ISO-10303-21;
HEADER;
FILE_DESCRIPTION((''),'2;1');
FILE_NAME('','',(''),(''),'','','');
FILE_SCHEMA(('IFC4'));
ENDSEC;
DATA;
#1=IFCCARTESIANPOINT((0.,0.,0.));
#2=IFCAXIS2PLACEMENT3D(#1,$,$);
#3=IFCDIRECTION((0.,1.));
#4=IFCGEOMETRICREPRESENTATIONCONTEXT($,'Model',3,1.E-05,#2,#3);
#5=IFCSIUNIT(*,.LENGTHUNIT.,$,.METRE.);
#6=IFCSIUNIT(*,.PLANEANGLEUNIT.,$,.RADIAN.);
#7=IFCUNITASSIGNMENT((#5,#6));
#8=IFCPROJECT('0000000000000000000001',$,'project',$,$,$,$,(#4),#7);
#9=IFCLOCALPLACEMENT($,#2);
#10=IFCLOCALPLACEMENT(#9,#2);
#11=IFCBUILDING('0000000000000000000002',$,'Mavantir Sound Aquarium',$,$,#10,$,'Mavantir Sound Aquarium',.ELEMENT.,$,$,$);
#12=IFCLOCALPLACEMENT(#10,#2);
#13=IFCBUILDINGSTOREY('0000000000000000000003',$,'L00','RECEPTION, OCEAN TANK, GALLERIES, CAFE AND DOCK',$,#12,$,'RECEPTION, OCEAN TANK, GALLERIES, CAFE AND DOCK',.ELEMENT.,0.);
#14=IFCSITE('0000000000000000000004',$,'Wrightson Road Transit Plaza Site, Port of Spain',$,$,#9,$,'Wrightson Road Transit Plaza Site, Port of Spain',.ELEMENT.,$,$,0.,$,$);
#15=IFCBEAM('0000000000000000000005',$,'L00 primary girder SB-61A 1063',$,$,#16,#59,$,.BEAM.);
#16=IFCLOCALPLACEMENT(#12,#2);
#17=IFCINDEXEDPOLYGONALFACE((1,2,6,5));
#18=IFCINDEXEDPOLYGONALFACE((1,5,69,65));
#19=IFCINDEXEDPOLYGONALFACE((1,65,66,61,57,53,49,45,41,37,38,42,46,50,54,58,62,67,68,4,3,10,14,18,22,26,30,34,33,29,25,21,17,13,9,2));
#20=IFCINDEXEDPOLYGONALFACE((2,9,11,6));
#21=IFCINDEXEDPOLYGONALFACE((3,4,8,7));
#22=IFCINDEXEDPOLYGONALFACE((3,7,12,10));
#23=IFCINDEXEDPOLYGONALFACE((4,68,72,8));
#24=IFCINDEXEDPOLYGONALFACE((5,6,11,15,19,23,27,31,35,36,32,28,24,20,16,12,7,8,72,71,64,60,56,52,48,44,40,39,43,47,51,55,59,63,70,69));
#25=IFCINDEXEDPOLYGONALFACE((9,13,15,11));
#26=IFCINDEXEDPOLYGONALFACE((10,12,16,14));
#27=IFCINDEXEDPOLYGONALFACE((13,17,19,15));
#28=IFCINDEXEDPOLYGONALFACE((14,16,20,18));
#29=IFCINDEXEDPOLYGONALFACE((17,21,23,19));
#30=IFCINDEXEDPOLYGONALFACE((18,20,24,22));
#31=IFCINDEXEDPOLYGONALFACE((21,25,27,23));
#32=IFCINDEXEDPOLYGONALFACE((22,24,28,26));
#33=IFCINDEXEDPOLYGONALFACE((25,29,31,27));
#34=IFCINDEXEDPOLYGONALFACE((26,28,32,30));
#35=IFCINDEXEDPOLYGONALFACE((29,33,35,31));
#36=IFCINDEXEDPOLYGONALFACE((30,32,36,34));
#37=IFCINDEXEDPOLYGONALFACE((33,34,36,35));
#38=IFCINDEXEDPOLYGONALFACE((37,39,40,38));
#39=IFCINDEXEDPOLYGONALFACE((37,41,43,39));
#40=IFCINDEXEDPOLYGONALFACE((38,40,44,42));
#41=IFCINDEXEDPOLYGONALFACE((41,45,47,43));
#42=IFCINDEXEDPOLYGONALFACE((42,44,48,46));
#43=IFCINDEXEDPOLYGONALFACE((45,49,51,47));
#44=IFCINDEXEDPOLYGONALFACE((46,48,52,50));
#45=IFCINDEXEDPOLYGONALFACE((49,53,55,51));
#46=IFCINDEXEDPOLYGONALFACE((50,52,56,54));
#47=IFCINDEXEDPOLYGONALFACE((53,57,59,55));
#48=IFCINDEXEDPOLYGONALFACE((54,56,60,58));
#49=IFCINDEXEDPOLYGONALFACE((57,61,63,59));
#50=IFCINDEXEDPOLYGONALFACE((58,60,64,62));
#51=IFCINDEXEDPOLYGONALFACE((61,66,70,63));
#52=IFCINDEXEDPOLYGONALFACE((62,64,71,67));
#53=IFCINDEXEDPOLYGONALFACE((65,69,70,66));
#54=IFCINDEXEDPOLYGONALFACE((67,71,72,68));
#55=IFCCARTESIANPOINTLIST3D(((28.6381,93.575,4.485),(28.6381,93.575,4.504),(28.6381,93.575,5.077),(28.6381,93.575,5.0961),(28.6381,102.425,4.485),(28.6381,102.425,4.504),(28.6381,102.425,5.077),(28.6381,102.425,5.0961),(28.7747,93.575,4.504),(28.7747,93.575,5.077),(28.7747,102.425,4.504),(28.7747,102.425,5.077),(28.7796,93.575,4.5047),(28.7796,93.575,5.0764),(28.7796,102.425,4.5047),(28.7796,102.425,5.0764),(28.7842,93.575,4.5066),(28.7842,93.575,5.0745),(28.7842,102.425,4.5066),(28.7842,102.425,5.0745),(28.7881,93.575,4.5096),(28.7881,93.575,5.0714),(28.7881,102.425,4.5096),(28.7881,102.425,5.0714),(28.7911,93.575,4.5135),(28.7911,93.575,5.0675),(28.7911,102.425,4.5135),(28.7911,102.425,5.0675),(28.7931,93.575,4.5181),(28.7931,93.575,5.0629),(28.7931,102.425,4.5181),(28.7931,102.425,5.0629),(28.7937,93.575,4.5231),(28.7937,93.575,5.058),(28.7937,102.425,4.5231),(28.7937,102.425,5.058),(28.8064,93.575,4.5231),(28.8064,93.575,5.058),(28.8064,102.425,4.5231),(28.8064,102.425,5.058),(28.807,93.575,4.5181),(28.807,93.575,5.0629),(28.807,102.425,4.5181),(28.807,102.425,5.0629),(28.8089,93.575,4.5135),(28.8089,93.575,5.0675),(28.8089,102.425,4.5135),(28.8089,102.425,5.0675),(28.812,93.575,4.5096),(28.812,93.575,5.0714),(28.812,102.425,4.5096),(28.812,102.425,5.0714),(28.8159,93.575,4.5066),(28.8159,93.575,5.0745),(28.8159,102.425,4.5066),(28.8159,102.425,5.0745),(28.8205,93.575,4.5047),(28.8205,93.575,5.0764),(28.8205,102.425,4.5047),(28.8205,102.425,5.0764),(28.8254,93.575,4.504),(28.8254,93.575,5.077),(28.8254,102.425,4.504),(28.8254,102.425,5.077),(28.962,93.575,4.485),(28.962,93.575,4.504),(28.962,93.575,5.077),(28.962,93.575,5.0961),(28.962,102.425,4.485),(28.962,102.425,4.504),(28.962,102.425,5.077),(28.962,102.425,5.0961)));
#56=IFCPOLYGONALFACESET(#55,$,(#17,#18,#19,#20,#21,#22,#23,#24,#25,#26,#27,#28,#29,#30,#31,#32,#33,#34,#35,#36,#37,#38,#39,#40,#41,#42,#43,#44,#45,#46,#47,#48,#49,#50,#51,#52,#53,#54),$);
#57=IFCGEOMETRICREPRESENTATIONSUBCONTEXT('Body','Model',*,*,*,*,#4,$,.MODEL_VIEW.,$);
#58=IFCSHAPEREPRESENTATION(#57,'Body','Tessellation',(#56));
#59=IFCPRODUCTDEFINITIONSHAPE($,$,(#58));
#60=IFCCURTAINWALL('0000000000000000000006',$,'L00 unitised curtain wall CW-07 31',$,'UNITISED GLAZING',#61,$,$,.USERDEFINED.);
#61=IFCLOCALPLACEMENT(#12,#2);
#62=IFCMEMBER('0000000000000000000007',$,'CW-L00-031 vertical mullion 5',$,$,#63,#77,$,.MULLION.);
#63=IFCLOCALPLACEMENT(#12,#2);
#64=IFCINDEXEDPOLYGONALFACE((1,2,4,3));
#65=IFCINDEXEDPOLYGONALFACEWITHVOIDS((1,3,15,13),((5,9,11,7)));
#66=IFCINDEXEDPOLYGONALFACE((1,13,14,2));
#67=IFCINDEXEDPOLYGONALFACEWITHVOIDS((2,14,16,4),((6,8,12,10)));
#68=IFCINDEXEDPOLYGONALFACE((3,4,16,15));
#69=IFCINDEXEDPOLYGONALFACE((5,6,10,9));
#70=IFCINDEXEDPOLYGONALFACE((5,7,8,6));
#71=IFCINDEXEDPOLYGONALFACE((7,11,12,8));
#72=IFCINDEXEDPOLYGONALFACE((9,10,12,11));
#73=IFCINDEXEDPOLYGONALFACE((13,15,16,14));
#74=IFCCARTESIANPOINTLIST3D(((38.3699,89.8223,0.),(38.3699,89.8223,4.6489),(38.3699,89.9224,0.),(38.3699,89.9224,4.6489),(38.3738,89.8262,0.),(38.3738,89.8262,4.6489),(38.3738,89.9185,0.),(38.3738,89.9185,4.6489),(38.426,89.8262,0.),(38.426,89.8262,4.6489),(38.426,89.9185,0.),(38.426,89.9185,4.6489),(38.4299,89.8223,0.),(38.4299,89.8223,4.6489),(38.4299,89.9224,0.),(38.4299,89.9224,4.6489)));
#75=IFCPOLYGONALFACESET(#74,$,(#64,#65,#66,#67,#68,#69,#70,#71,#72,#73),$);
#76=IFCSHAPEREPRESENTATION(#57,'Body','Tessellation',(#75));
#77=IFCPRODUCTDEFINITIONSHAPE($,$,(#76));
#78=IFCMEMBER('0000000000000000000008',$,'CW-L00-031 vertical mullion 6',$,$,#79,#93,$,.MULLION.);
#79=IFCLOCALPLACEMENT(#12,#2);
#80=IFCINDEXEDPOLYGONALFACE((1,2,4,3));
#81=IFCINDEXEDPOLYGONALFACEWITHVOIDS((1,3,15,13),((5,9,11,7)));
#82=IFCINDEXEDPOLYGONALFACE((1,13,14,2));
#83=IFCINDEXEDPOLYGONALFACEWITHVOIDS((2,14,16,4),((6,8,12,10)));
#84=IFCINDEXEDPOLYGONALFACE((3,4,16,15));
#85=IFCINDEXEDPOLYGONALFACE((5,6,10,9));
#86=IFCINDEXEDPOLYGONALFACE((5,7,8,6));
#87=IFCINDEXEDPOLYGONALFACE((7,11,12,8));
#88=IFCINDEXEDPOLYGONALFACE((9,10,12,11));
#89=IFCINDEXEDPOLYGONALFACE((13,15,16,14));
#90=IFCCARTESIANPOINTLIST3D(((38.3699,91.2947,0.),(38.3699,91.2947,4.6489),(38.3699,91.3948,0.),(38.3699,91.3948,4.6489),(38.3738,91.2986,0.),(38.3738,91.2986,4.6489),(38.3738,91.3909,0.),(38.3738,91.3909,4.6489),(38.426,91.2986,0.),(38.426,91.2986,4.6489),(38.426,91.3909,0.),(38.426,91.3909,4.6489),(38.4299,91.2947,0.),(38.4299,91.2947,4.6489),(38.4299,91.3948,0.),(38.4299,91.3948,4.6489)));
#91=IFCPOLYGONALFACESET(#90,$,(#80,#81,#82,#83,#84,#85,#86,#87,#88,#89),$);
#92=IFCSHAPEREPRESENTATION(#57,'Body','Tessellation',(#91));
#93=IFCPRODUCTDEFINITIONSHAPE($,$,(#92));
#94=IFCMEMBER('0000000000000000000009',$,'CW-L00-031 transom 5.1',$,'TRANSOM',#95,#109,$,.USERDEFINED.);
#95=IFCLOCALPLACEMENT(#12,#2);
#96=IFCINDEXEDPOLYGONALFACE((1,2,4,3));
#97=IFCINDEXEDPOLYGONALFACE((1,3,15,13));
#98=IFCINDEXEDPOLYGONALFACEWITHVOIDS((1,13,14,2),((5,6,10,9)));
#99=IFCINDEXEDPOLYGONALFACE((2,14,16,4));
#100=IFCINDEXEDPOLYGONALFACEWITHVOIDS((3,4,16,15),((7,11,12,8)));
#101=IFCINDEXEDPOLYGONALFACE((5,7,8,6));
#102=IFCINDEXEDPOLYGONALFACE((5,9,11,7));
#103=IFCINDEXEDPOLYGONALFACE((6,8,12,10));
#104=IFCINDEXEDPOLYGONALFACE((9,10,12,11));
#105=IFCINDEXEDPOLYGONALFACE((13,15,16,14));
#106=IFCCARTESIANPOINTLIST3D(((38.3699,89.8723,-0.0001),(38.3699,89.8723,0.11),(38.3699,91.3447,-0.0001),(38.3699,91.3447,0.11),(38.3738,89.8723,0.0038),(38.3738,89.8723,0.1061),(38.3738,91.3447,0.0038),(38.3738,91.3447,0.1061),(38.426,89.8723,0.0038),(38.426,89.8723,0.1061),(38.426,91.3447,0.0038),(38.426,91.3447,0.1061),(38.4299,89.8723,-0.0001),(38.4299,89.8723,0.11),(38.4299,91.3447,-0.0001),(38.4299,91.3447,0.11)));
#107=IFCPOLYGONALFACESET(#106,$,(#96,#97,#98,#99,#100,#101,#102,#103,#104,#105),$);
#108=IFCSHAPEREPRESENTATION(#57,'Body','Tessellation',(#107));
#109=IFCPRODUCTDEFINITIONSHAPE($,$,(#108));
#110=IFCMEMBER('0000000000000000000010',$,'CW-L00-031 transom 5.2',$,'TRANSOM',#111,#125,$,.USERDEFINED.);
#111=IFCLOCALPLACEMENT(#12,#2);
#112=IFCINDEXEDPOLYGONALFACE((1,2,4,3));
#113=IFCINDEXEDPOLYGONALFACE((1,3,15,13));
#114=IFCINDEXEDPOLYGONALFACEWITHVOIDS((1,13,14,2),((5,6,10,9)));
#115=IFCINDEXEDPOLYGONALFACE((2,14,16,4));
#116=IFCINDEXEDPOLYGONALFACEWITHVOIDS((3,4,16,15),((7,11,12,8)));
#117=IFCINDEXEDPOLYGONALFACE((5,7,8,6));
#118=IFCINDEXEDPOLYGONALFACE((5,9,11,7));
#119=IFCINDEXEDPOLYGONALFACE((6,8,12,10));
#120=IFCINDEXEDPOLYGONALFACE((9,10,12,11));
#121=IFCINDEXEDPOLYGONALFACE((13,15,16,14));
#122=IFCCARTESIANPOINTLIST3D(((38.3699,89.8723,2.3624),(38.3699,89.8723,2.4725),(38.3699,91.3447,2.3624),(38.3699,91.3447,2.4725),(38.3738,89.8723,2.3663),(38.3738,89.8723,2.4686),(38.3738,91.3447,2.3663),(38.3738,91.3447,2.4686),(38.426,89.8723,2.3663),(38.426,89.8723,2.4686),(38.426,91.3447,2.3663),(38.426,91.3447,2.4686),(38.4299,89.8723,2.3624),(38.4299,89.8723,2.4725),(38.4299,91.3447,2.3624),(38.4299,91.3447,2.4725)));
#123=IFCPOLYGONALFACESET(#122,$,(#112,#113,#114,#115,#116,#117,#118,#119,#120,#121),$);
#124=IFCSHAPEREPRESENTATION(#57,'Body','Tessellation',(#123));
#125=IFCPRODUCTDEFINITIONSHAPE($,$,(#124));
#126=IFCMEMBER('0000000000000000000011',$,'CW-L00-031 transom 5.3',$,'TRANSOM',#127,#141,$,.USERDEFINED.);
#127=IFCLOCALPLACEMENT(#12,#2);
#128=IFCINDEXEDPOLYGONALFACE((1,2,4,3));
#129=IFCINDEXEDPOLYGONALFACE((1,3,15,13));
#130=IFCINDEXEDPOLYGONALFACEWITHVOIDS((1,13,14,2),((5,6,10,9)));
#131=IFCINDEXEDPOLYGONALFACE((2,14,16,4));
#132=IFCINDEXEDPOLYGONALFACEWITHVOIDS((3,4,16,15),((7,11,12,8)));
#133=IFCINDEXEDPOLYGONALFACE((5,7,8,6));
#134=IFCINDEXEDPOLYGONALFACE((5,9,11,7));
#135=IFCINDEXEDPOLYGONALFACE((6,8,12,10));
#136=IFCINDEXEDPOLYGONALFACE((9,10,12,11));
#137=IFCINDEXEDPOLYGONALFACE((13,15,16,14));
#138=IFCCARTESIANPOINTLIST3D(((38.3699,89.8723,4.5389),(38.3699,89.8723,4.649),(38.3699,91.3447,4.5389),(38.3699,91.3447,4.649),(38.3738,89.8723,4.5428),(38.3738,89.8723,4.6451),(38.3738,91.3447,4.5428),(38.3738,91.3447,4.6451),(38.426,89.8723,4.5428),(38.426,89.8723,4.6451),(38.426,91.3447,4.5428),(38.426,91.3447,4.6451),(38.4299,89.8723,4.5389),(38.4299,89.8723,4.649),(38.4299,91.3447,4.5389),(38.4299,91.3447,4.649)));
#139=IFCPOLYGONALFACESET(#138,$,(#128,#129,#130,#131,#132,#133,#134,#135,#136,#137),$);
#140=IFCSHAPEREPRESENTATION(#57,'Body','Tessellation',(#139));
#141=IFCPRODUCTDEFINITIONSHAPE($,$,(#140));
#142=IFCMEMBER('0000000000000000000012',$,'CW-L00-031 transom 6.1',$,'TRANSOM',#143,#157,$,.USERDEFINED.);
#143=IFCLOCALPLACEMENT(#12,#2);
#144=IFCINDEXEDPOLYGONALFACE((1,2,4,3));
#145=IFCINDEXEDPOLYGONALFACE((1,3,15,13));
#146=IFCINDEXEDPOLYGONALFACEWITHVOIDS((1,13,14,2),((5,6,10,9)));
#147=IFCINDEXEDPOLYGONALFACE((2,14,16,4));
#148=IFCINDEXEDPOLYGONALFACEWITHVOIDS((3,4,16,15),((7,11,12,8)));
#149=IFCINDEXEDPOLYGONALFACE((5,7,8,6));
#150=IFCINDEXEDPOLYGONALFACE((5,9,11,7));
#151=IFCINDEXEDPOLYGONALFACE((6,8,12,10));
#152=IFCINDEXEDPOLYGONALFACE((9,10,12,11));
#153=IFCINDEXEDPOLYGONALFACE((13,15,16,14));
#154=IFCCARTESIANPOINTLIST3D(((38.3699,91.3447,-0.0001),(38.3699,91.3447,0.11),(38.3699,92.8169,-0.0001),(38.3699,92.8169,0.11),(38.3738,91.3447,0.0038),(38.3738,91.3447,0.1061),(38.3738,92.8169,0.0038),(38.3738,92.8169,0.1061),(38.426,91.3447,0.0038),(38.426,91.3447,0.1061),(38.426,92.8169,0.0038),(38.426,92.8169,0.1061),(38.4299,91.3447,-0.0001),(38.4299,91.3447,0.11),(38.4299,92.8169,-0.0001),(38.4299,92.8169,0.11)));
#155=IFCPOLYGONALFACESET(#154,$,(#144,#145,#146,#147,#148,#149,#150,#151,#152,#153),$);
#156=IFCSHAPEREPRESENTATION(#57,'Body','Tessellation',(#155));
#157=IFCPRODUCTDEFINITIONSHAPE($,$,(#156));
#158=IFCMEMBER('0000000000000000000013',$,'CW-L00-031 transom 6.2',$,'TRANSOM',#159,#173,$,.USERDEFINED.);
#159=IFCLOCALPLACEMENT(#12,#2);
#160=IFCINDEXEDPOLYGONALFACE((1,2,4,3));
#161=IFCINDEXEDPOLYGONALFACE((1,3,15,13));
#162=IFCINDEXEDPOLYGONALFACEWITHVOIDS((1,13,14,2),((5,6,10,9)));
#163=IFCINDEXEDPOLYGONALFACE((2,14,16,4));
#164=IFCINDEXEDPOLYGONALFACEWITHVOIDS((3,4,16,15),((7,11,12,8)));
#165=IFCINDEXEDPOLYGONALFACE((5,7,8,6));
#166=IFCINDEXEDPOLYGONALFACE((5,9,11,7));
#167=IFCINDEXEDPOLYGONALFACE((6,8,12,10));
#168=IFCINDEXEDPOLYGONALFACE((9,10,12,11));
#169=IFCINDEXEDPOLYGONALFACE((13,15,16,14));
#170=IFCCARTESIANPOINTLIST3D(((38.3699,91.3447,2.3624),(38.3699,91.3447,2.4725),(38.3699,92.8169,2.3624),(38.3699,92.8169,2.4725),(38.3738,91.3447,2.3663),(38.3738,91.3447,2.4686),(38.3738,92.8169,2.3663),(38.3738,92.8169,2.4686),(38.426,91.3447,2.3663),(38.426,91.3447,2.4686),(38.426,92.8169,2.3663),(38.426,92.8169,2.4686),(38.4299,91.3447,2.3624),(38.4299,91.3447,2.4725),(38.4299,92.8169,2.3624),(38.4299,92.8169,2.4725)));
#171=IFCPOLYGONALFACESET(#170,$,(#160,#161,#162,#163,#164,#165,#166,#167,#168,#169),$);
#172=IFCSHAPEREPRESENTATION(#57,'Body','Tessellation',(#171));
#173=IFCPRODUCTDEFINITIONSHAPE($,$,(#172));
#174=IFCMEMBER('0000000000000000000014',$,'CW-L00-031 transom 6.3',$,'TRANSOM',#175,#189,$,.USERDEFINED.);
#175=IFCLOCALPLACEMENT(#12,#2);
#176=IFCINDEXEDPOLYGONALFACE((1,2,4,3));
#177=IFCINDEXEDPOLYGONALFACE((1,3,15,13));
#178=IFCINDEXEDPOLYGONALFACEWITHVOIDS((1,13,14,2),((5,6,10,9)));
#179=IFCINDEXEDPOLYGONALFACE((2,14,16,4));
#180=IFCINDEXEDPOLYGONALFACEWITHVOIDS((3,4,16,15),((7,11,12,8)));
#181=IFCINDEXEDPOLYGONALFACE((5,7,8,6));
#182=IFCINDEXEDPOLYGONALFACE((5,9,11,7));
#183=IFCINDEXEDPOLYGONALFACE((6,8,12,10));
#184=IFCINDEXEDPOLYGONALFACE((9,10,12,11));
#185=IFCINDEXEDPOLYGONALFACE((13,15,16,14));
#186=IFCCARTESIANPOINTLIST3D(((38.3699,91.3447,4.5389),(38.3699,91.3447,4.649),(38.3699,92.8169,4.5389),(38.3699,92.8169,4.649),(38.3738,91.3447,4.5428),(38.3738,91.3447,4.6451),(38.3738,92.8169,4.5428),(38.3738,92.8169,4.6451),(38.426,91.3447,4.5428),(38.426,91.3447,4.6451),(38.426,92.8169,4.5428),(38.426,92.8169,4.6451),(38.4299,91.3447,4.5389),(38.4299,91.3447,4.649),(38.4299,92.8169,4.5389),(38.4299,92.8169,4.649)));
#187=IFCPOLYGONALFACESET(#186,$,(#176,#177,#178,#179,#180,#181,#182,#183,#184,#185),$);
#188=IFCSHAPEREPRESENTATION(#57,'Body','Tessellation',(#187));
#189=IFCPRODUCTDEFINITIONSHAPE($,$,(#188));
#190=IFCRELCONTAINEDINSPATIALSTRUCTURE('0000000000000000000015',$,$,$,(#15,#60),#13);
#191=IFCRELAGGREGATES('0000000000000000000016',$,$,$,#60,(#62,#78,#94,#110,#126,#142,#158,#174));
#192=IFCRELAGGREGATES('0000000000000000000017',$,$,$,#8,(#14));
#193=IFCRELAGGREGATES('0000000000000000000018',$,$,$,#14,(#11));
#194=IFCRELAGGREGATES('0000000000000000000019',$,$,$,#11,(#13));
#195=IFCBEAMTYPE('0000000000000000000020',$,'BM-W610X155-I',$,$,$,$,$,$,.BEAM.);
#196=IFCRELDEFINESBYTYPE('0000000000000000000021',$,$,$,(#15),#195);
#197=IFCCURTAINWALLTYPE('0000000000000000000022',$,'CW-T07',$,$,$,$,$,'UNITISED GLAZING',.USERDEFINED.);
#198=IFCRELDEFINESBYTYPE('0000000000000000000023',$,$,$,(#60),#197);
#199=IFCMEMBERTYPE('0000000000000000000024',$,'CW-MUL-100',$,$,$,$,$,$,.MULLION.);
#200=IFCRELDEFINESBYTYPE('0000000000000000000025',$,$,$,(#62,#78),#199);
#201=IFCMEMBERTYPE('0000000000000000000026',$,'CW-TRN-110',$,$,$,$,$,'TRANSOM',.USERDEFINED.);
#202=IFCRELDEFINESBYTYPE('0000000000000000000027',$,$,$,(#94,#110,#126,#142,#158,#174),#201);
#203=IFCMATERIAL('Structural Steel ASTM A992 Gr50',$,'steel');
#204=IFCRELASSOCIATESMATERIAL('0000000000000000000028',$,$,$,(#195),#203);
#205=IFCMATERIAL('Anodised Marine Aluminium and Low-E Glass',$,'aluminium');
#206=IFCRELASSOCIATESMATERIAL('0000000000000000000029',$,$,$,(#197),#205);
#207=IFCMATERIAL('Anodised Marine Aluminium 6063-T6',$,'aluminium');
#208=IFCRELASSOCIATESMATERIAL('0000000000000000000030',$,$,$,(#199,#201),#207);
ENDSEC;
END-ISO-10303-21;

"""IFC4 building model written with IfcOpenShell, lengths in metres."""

from ifc_helpers import new_model, si_unit, direction, frame, origin, origin_2d, place, context, subcontext, project, spatial, hollow_rectangle, i_section, extrude, material, material_profile, profile_set, type_object, element, aggregate, save


model = new_model("IFC4")

# Units and contexts
model_context = context("Model", 3, precision=1e-05, world=origin(), true_north=direction((0.0, 1.0)))
body_context = subcontext(model_context, "Body", "Model", "MODEL_VIEW")
ifc_project = project(units=[si_unit("LENGTHUNIT", "METRE"), si_unit("PLANEANGLEUNIT", "RADIAN")], contexts=[model_context])

# Site, building, storey
site_placement = place(None, origin())
site = spatial("IfcSite", under=ifc_project, at=site_placement, Name="Wrightson Road Transit Plaza Site, Port of Spain", LongName="Wrightson Road Transit Plaza Site, Port of Spain", CompositionType="ELEMENT", RefElevation=0.0)
building_placement = place(site_placement, origin())
building = spatial("IfcBuilding", under=site, at=building_placement, Name="Mavantir Sound Aquarium", LongName="Mavantir Sound Aquarium", CompositionType="ELEMENT")
storey_placement = place(building_placement, origin())
storey = spatial("IfcBuildingStorey", under=building, at=storey_placement, Name="L00", Description="RECEPTION, OCEAN TANK, GALLERIES, CAFE AND DOCK", LongName="RECEPTION, OCEAN TANK, GALLERIES, CAFE AND DOCK", CompositionType="ELEMENT", Elevation=0.0)

# Beam
ifc_material_1 = material(Name="Structural Steel ASTM A992 Gr50", Category="steel")
ifc_material_profile_1 = material_profile(ifc_material_1, i_section(OverallWidth=0.324, OverallDepth=0.6111, WebThickness=0.0127, FlangeThickness=0.019, FilletRadius=0.019, at=origin_2d()), Name="W610X155")
ifc_profile_set_1 = profile_set([ifc_material_profile_1], Name="Structural Steel ASTM A992 Gr50")
beam_type_1 = type_object("IfcBeamType", Name="BM-W610X155-I", PredefinedType="BEAM", material=ifc_profile_set_1)
beam_1_placement = place(storey_placement, frame((28.8, 93.575, 4.7905), z_axis=(0.0, 1.0, 0.0), x_axis=(-1.0, 0.0, 0.0)))
element("IfcBeam", 1, at=beam_1_placement, inside=storey, type_object=beam_type_1, Name="L00 primary girder SB-61A 1063", PredefinedType="BEAM", context=body_context, shape_type="SweptSolid", body=[
    extrude(i_section(OverallWidth=0.324, OverallDepth=0.6111, WebThickness=0.0127, FlangeThickness=0.019, FilletRadius=0.019, at=origin_2d()), origin(), (0.0, 0.0, 1.0), 8.8501),
])

# Curtain wall, members
ifc_material_2 = material(Name="Anodised Marine Aluminium and Low-E Glass", Category="aluminium")
curtain_wall_type = type_object("IfcCurtainWallType", Name="CW-T07", ElementType="UNITISED GLAZING", PredefinedType="USERDEFINED", material=ifc_material_2)
curtain_wall_placement = place(storey_placement, origin())
curtain_wall = element("IfcCurtainWall", 2, at=curtain_wall_placement, inside=storey, type_object=curtain_wall_type, Name="L00 unitised curtain wall CW-07 31", ObjectType="UNITISED GLAZING", PredefinedType="USERDEFINED")
ifc_material_3 = material(Name="Anodised Marine Aluminium 6063-T6", Category="aluminium")
ifc_material_profile_2 = material_profile(ifc_material_3, hollow_rectangle(XDim=0.0601, YDim=0.1001, WallThickness=0.0039, at=origin_2d()), Name="ALU-MULLION-100X60")
ifc_profile_set_2 = profile_set([ifc_material_profile_2], Name="Anodised Marine Aluminium 6063-T6")
member_type_1 = type_object("IfcMemberType", Name="CW-MUL-100", PredefinedType="MULLION", material=ifc_profile_set_2)
member_1_placement = place(storey_placement, frame((38.3999, 89.8723, 0.0), z_axis=(0.0, 0.0, 1.0), x_axis=(1.0, 0.0, 0.0)))
member_1 = element("IfcMember", 3, at=member_1_placement, type_object=member_type_1, Name="CW-L00-031 vertical mullion 5", PredefinedType="MULLION", context=body_context, shape_type="SweptSolid", body=[
    extrude(hollow_rectangle(XDim=0.0601, YDim=0.1001, WallThickness=0.0039, at=origin_2d()), origin(), (0.0, 0.0, 1.0), 4.6489),
])
member_2_placement = place(storey_placement, frame((38.3999, 91.3447, 0.0), z_axis=(0.0, 0.0, 1.0), x_axis=(1.0, 0.0, 0.0)))
member_2 = element("IfcMember", 4, at=member_2_placement, type_object=member_type_1, Name="CW-L00-031 vertical mullion 6", PredefinedType="MULLION", context=body_context, shape_type="SweptSolid", body=[
    extrude(hollow_rectangle(XDim=0.0601, YDim=0.1001, WallThickness=0.0039, at=origin_2d()), origin(), (0.0, 0.0, 1.0), 4.6489),
])
ifc_material_profile_3 = material_profile(ifc_material_3, hollow_rectangle(XDim=0.0601, YDim=0.1101, WallThickness=0.0039, at=origin_2d()), Name="ALU-TRANSOM-110X60")
ifc_profile_set_3 = profile_set([ifc_material_profile_3], Name="Anodised Marine Aluminium 6063-T6")
member_type_2 = type_object("IfcMemberType", Name="CW-TRN-110", ElementType="TRANSOM", PredefinedType="USERDEFINED", material=ifc_profile_set_3)
member_3_placement = place(storey_placement, frame((38.3999, 89.8723, 0.0549), z_axis=(0.0, 1.0, 0.0), x_axis=(-1.0, 0.0, 0.0)))
member_3 = element("IfcMember", 5, at=member_3_placement, type_object=member_type_2, Name="CW-L00-031 transom 5.1", ObjectType="TRANSOM", PredefinedType="USERDEFINED", context=body_context, shape_type="SweptSolid", body=[
    extrude(hollow_rectangle(XDim=0.0601, YDim=0.1101, WallThickness=0.0039, at=origin_2d()), origin(), (0.0, 0.0, 1.0), 1.4724),
])
member_4_placement = place(storey_placement, frame((38.3999, 89.8723, 2.4175), z_axis=(0.0, 1.0, 0.0), x_axis=(-1.0, 0.0, 0.0)))
member_4 = element("IfcMember", 6, at=member_4_placement, type_object=member_type_2, Name="CW-L00-031 transom 5.2", ObjectType="TRANSOM", PredefinedType="USERDEFINED", context=body_context, shape_type="SweptSolid", body=[
    extrude(hollow_rectangle(XDim=0.0601, YDim=0.1101, WallThickness=0.0039, at=origin_2d()), origin(), (0.0, 0.0, 1.0), 1.4724),
])
member_5_placement = place(storey_placement, frame((38.3999, 89.8723, 4.594), z_axis=(0.0, 1.0, 0.0), x_axis=(-1.0, 0.0, 0.0)))
member_5 = element("IfcMember", 7, at=member_5_placement, type_object=member_type_2, Name="CW-L00-031 transom 5.3", ObjectType="TRANSOM", PredefinedType="USERDEFINED", context=body_context, shape_type="SweptSolid", body=[
    extrude(hollow_rectangle(XDim=0.0601, YDim=0.1101, WallThickness=0.0039, at=origin_2d()), origin(), (0.0, 0.0, 1.0), 1.4724),
])
member_6_placement = place(storey_placement, frame((38.3999, 91.3447, 0.0549), z_axis=(0.0, 1.0, 0.0), x_axis=(-1.0, 0.0, 0.0)))
member_6 = element("IfcMember", 8, at=member_6_placement, type_object=member_type_2, Name="CW-L00-031 transom 6.1", ObjectType="TRANSOM", PredefinedType="USERDEFINED", context=body_context, shape_type="SweptSolid", body=[
    extrude(hollow_rectangle(XDim=0.0601, YDim=0.1101, WallThickness=0.0039, at=origin_2d()), origin(), (0.0, 0.0, 1.0), 1.4722),
])
member_7_placement = place(storey_placement, frame((38.3999, 91.3447, 2.4175), z_axis=(0.0, 1.0, 0.0), x_axis=(-1.0, 0.0, 0.0)))
member_7 = element("IfcMember", 9, at=member_7_placement, type_object=member_type_2, Name="CW-L00-031 transom 6.2", ObjectType="TRANSOM", PredefinedType="USERDEFINED", context=body_context, shape_type="SweptSolid", body=[
    extrude(hollow_rectangle(XDim=0.0601, YDim=0.1101, WallThickness=0.0039, at=origin_2d()), origin(), (0.0, 0.0, 1.0), 1.4722),
])
member_8_placement = place(storey_placement, frame((38.3999, 91.3447, 4.594), z_axis=(0.0, 1.0, 0.0), x_axis=(-1.0, 0.0, 0.0)))
member_8 = element("IfcMember", 10, at=member_8_placement, type_object=member_type_2, Name="CW-L00-031 transom 6.3", ObjectType="TRANSOM", PredefinedType="USERDEFINED", context=body_context, shape_type="SweptSolid", body=[
    extrude(hollow_rectangle(XDim=0.0601, YDim=0.1101, WallThickness=0.0039, at=origin_2d()), origin(), (0.0, 0.0, 1.0), 1.4722),
])
aggregate(curtain_wall, [member_1, member_2, member_3, member_4, member_5, member_6, member_7, member_8])

save(model, "model.ifc")
